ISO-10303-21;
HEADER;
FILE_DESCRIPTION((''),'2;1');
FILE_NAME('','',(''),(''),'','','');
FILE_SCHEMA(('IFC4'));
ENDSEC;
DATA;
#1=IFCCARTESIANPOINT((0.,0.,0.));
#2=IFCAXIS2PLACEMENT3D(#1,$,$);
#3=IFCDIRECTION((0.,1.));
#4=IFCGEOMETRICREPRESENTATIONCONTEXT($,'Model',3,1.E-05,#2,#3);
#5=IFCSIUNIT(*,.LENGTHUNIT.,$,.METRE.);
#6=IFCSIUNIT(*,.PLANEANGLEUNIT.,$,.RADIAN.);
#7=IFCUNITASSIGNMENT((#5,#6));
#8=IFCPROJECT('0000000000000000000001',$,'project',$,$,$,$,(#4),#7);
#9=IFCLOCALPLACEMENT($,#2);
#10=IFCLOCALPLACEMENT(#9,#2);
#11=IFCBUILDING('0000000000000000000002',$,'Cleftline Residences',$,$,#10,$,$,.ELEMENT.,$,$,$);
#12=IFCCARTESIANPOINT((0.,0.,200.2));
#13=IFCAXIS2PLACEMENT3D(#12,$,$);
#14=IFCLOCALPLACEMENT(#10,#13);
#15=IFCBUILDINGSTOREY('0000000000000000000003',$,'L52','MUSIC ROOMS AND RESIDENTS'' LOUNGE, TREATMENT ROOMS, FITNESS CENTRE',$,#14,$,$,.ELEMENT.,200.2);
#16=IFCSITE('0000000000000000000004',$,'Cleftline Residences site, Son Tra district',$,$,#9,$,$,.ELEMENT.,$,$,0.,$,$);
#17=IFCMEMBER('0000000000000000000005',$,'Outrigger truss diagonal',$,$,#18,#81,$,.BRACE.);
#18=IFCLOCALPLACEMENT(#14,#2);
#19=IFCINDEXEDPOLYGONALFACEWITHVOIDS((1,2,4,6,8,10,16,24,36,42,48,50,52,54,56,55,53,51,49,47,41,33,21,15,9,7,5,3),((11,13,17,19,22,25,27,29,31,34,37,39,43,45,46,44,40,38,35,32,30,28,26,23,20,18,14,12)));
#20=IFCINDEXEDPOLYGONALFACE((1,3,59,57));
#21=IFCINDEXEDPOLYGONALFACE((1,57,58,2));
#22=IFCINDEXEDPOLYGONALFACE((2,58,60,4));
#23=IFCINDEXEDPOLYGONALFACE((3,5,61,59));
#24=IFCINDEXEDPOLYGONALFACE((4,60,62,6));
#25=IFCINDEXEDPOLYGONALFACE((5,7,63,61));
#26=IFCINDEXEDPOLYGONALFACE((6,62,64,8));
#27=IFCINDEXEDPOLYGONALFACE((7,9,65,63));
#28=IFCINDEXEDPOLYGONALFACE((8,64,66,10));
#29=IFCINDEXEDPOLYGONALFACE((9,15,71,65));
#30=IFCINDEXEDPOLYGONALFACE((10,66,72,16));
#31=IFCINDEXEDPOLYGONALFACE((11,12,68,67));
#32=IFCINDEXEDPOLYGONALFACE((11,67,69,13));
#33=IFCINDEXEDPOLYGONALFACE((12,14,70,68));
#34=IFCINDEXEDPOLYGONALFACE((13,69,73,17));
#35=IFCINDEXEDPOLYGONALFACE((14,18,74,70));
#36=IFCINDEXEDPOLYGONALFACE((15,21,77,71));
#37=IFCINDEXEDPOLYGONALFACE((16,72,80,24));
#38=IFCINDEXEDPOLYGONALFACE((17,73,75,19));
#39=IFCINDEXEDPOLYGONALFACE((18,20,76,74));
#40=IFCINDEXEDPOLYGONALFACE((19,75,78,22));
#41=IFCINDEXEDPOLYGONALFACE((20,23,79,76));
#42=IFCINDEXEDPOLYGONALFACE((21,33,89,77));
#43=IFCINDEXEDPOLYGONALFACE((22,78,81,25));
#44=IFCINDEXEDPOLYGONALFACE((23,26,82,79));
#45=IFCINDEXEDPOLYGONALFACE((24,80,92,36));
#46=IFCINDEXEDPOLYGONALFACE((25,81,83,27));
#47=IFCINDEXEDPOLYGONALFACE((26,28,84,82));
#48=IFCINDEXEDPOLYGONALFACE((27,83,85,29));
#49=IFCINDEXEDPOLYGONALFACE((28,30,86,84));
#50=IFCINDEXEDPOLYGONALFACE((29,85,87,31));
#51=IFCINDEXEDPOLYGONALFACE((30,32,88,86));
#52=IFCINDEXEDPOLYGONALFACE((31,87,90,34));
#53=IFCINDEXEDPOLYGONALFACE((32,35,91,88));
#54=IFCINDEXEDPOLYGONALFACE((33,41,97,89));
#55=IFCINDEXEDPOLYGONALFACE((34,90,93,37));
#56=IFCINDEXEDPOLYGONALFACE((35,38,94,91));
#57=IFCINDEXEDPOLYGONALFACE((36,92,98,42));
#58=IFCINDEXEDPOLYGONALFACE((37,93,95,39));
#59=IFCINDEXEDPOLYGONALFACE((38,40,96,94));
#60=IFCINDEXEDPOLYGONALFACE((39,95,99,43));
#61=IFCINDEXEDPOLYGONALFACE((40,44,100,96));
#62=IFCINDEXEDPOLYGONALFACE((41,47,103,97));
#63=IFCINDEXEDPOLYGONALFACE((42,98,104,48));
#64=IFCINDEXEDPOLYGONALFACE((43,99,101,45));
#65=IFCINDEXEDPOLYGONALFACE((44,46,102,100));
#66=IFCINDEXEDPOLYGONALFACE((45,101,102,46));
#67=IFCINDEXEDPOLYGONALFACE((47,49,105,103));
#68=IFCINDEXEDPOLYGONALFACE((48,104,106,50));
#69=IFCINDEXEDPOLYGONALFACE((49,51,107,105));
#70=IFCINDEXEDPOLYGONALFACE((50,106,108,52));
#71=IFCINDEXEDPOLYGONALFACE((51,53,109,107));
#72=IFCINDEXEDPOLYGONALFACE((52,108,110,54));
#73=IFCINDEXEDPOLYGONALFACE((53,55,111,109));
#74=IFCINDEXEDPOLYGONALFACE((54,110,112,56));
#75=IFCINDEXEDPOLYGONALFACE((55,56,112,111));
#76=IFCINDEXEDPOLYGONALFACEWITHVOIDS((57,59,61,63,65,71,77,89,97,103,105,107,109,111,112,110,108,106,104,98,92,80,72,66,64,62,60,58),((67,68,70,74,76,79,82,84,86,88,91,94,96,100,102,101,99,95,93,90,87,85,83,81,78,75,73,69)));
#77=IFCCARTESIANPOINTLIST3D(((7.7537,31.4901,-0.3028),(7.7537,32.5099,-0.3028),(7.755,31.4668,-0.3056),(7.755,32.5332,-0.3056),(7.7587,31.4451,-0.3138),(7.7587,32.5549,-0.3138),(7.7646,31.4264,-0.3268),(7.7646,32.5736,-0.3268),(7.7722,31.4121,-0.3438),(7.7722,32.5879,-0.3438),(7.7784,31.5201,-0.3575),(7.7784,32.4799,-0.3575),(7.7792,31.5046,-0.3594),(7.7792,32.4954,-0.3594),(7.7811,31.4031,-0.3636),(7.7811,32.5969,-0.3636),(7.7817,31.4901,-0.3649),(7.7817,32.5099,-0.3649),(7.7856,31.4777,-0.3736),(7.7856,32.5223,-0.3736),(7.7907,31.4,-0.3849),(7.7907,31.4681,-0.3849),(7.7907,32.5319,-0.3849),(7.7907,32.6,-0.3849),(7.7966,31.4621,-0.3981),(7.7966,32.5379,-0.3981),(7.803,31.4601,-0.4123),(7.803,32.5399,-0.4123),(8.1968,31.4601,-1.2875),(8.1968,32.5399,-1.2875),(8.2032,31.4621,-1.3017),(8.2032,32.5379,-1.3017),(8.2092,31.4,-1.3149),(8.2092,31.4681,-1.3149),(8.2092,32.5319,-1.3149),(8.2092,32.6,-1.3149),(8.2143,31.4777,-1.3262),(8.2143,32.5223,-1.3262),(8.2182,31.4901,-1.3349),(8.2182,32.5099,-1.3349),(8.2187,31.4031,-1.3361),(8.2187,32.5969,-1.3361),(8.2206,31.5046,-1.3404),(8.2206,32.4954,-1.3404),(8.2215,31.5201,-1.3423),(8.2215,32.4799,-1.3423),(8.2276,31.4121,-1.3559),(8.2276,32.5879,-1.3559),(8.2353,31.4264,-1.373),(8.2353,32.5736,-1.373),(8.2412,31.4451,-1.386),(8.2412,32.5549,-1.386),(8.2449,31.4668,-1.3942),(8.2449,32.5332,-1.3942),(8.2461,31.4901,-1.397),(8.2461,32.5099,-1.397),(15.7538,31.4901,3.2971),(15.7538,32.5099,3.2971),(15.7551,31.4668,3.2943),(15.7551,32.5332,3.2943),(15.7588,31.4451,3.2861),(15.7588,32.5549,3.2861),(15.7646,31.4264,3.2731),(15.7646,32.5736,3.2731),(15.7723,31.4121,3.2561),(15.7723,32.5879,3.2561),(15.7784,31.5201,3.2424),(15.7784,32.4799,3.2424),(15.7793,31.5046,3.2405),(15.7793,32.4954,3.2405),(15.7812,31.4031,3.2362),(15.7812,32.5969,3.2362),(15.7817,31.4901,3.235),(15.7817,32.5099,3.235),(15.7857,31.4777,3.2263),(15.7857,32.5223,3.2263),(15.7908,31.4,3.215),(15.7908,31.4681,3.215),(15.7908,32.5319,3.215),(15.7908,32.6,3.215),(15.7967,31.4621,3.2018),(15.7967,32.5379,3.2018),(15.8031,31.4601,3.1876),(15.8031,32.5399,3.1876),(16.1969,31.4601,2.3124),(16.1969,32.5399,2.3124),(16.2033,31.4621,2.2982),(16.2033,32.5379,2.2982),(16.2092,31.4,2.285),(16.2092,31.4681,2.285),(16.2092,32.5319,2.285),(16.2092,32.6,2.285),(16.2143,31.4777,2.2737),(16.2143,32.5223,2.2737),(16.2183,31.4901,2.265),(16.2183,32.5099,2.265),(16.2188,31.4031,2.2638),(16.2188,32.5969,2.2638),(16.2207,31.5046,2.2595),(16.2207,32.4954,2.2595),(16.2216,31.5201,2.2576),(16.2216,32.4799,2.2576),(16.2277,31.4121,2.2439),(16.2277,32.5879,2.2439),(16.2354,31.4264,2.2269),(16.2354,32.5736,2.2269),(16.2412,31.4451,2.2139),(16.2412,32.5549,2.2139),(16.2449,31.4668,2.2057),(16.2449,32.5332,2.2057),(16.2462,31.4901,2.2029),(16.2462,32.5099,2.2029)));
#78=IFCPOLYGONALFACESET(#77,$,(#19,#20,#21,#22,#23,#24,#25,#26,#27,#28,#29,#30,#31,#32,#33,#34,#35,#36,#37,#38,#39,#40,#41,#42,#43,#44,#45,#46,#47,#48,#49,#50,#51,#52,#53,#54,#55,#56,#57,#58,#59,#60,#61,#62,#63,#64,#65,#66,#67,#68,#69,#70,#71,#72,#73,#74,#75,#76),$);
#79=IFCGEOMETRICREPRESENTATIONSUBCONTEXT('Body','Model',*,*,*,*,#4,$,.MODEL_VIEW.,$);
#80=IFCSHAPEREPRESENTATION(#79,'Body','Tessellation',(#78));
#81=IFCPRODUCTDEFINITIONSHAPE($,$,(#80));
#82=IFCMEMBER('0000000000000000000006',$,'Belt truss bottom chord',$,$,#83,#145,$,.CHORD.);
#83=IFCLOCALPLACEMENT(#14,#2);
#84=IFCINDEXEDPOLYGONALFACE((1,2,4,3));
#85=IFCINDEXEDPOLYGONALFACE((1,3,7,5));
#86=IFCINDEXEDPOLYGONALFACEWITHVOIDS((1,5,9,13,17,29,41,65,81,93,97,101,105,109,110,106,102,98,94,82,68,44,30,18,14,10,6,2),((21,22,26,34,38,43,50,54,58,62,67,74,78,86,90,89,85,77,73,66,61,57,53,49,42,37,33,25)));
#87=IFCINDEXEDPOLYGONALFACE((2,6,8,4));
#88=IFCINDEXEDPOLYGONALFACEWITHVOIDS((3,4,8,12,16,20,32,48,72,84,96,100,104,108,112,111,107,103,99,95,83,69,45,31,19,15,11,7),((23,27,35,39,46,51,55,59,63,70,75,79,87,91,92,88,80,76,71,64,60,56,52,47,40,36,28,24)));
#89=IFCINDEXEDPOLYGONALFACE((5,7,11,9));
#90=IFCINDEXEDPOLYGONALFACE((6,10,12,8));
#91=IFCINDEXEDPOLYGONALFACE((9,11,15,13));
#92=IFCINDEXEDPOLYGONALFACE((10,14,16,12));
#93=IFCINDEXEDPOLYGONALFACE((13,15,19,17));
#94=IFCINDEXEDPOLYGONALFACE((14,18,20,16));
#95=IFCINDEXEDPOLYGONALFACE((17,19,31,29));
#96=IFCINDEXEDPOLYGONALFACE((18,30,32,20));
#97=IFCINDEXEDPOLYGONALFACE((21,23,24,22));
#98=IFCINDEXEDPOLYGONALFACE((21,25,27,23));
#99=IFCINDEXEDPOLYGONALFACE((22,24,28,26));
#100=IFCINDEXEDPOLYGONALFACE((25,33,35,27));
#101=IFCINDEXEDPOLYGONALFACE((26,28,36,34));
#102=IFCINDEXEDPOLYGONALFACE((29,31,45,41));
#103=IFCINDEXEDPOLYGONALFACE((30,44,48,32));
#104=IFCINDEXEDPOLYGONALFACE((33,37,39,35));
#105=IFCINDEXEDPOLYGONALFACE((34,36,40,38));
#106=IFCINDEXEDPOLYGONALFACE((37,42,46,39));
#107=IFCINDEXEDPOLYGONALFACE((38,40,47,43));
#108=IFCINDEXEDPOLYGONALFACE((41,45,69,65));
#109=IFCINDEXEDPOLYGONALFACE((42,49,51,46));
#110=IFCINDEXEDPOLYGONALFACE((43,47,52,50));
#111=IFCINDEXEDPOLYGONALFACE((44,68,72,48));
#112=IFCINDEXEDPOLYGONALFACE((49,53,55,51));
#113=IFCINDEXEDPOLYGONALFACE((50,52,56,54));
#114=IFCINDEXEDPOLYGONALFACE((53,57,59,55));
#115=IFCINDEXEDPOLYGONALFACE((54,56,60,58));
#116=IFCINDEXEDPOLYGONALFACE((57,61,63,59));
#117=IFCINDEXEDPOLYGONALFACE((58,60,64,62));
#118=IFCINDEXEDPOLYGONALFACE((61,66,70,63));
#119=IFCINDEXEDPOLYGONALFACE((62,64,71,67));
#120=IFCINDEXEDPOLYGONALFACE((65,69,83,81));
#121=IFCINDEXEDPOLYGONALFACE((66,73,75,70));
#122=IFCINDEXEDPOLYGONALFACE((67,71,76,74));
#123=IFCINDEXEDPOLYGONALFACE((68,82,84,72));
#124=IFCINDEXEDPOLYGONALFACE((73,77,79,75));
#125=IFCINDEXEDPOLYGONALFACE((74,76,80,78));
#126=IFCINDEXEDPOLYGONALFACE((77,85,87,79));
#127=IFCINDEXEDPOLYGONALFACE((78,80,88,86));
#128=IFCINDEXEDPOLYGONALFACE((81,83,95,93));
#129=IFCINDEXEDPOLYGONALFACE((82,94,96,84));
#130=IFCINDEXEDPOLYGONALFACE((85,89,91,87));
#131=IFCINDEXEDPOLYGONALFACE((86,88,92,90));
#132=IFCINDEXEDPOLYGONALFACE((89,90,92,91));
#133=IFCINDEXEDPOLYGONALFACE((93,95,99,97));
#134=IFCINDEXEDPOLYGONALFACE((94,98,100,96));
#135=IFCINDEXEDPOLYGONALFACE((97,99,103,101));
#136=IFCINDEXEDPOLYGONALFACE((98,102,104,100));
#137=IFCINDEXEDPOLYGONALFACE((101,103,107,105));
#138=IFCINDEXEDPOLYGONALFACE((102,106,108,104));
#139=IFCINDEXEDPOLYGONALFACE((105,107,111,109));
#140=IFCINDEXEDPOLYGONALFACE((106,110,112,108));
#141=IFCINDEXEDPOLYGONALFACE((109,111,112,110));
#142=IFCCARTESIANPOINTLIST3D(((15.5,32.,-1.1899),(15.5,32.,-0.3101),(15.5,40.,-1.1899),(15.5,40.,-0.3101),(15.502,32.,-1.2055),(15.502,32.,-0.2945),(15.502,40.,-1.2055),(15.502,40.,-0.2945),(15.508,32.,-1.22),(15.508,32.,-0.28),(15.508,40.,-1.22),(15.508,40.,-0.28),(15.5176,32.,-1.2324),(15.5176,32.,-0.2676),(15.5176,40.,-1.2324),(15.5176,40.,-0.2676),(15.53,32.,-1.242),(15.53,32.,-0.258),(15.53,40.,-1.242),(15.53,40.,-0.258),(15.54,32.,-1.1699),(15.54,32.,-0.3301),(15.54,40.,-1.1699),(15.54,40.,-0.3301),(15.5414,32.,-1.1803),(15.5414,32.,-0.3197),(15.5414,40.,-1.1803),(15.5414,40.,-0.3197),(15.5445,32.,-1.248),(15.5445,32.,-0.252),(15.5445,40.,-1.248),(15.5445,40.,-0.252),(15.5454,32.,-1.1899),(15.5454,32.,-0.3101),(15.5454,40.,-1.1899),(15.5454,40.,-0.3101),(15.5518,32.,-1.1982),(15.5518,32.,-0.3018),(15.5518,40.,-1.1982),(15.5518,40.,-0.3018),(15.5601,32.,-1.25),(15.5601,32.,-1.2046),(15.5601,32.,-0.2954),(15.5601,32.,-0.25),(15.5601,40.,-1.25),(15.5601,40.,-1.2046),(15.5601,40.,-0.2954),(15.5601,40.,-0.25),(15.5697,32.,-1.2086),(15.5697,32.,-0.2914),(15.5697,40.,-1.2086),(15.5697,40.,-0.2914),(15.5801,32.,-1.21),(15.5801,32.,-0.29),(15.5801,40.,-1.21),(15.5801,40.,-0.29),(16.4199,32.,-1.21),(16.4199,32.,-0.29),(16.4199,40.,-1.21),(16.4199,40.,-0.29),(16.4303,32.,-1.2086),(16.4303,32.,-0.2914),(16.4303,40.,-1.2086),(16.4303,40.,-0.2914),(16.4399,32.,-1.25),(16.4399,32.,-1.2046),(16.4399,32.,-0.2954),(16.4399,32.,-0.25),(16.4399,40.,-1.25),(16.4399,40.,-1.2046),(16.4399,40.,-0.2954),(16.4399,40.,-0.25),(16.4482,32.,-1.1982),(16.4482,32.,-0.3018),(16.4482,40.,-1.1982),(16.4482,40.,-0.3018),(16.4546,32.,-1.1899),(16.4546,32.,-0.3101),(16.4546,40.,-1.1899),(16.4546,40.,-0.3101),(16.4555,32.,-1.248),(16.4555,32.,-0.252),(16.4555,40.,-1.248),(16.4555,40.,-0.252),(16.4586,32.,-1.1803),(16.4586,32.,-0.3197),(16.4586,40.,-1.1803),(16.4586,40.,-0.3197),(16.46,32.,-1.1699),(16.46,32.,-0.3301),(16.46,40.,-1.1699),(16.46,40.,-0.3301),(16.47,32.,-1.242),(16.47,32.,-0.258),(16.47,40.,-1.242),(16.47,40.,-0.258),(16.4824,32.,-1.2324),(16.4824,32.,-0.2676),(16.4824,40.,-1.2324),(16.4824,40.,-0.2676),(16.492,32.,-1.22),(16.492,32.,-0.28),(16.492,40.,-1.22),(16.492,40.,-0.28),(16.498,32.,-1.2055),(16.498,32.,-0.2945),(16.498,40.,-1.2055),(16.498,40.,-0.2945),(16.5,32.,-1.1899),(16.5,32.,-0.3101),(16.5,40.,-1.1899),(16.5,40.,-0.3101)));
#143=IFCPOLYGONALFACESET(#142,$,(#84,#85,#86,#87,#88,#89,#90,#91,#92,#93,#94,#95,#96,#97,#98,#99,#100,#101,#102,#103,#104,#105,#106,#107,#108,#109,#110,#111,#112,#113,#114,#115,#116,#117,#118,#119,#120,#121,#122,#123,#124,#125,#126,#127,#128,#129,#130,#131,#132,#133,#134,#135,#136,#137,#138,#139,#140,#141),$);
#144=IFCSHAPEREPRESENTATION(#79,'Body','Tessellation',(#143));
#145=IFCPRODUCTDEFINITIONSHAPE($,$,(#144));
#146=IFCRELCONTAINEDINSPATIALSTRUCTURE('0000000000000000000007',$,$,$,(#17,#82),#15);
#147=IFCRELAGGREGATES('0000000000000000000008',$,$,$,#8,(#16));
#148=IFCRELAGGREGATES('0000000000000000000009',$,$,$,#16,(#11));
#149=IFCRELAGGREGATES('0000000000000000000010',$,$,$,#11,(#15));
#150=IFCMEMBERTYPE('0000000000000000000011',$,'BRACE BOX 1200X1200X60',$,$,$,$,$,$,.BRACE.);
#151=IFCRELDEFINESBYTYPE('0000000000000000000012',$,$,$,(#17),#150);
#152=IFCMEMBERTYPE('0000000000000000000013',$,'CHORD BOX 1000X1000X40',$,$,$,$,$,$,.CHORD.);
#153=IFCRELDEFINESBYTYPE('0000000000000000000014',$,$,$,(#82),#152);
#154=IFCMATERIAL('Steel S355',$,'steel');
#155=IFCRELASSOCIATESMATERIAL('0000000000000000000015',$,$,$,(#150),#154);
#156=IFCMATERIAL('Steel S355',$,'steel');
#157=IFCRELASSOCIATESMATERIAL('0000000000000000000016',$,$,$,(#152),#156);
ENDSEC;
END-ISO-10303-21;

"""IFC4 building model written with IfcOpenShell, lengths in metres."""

from ifc_helpers import new_model, si_unit, direction, frame, origin, origin_2d, place, context, subcontext, project, spatial, hollow_rectangle, extrude, material, material_profile, profile_set, type_object, element, save


model = new_model("IFC4")

# Units and contexts
model_context = context("Model", 3, precision=1e-05, world=origin(), true_north=direction((0.0, 1.0)))
body_context = subcontext(model_context, "Body", "Model", "MODEL_VIEW")
ifc_project = project(units=[si_unit("LENGTHUNIT", "METRE"), si_unit("PLANEANGLEUNIT", "RADIAN")], contexts=[model_context])

# Site, building, storey
site_placement = place(None, origin())
site = spatial("IfcSite", under=ifc_project, at=site_placement, Name="Cleftline Residences site, Son Tra district", CompositionType="ELEMENT", RefElevation=0.0)
building_placement = place(site_placement, origin())
building = spatial("IfcBuilding", under=site, at=building_placement, Name="Cleftline Residences", CompositionType="ELEMENT")
storey_placement = place(building_placement, frame((0.0, 0.0, 200.2)))
storey = spatial("IfcBuildingStorey", under=building, at=storey_placement, Name="L52", Description="MUSIC ROOMS AND RESIDENTS' LOUNGE, TREATMENT ROOMS, FITNESS CENTRE", CompositionType="ELEMENT", Elevation=200.2)

# Members
ifc_material_1 = material(Name="Steel S355", Category="steel")
ifc_material_profile_1 = material_profile(ifc_material_1, hollow_rectangle(XDim=1.2, YDim=1.2, WallThickness=0.0601, InnerFilletRadius=0.0601, OuterFilletRadius=0.0901, at=origin_2d()))
ifc_profile_set_1 = profile_set([ifc_material_profile_1], Name="Steel S355")
member_type_1 = type_object("IfcMemberType", Name="BRACE BOX 1200X1200X60", PredefinedType="BRACE", material=ifc_profile_set_1)
member_1_placement = place(storey_placement, frame((16.0, 32.0, 2.75), z_axis=(-0.911928, 0.0, -0.410351), x_axis=(-0.410351, 0.0, 0.911928)))
element("IfcMember", 1, at=member_1_placement, inside=storey, type_object=member_type_1, Name="Outrigger truss diagonal", PredefinedType="BRACE", context=body_context, shape_type="SweptSolid", body=[
    extrude(hollow_rectangle(XDim=1.2, YDim=1.2, WallThickness=0.0601, InnerFilletRadius=0.0601, OuterFilletRadius=0.0901, at=origin_2d()), origin(), (0.0, 0.0, 1.0), 8.7727),
])
ifc_material_2 = material(Name="Steel S355", Category="steel")
ifc_material_profile_2 = material_profile(ifc_material_2, hollow_rectangle(XDim=1.0, YDim=1.0, WallThickness=0.04, InnerFilletRadius=0.04, OuterFilletRadius=0.0601, at=origin_2d()))
ifc_profile_set_2 = profile_set([ifc_material_profile_2], Name="Steel S355")
member_type_2 = type_object("IfcMemberType", Name="CHORD BOX 1000X1000X40", PredefinedType="CHORD", material=ifc_profile_set_2)
for number, where, z_axis, x_axis, name in (
    (2, (16.0, 32.0, -0.75), (0.0, 1.0, 0.0), (-1.0, 0.0, 0.0), "Belt truss bottom chord"),
):
    element("IfcMember", number, at=place(storey_placement, frame(where, z_axis=z_axis, x_axis=x_axis)), inside=storey, type_object=member_type_2, Name=name, PredefinedType="CHORD", context=body_context, shape_type="SweptSolid", body=[
        extrude(hollow_rectangle(XDim=1.0, YDim=1.0, WallThickness=0.04, InnerFilletRadius=0.04, OuterFilletRadius=0.0601, at=origin_2d()), origin(), (0.0, 0.0, 1.0), 8.0),
    ])

save(model, "model.ifc")
